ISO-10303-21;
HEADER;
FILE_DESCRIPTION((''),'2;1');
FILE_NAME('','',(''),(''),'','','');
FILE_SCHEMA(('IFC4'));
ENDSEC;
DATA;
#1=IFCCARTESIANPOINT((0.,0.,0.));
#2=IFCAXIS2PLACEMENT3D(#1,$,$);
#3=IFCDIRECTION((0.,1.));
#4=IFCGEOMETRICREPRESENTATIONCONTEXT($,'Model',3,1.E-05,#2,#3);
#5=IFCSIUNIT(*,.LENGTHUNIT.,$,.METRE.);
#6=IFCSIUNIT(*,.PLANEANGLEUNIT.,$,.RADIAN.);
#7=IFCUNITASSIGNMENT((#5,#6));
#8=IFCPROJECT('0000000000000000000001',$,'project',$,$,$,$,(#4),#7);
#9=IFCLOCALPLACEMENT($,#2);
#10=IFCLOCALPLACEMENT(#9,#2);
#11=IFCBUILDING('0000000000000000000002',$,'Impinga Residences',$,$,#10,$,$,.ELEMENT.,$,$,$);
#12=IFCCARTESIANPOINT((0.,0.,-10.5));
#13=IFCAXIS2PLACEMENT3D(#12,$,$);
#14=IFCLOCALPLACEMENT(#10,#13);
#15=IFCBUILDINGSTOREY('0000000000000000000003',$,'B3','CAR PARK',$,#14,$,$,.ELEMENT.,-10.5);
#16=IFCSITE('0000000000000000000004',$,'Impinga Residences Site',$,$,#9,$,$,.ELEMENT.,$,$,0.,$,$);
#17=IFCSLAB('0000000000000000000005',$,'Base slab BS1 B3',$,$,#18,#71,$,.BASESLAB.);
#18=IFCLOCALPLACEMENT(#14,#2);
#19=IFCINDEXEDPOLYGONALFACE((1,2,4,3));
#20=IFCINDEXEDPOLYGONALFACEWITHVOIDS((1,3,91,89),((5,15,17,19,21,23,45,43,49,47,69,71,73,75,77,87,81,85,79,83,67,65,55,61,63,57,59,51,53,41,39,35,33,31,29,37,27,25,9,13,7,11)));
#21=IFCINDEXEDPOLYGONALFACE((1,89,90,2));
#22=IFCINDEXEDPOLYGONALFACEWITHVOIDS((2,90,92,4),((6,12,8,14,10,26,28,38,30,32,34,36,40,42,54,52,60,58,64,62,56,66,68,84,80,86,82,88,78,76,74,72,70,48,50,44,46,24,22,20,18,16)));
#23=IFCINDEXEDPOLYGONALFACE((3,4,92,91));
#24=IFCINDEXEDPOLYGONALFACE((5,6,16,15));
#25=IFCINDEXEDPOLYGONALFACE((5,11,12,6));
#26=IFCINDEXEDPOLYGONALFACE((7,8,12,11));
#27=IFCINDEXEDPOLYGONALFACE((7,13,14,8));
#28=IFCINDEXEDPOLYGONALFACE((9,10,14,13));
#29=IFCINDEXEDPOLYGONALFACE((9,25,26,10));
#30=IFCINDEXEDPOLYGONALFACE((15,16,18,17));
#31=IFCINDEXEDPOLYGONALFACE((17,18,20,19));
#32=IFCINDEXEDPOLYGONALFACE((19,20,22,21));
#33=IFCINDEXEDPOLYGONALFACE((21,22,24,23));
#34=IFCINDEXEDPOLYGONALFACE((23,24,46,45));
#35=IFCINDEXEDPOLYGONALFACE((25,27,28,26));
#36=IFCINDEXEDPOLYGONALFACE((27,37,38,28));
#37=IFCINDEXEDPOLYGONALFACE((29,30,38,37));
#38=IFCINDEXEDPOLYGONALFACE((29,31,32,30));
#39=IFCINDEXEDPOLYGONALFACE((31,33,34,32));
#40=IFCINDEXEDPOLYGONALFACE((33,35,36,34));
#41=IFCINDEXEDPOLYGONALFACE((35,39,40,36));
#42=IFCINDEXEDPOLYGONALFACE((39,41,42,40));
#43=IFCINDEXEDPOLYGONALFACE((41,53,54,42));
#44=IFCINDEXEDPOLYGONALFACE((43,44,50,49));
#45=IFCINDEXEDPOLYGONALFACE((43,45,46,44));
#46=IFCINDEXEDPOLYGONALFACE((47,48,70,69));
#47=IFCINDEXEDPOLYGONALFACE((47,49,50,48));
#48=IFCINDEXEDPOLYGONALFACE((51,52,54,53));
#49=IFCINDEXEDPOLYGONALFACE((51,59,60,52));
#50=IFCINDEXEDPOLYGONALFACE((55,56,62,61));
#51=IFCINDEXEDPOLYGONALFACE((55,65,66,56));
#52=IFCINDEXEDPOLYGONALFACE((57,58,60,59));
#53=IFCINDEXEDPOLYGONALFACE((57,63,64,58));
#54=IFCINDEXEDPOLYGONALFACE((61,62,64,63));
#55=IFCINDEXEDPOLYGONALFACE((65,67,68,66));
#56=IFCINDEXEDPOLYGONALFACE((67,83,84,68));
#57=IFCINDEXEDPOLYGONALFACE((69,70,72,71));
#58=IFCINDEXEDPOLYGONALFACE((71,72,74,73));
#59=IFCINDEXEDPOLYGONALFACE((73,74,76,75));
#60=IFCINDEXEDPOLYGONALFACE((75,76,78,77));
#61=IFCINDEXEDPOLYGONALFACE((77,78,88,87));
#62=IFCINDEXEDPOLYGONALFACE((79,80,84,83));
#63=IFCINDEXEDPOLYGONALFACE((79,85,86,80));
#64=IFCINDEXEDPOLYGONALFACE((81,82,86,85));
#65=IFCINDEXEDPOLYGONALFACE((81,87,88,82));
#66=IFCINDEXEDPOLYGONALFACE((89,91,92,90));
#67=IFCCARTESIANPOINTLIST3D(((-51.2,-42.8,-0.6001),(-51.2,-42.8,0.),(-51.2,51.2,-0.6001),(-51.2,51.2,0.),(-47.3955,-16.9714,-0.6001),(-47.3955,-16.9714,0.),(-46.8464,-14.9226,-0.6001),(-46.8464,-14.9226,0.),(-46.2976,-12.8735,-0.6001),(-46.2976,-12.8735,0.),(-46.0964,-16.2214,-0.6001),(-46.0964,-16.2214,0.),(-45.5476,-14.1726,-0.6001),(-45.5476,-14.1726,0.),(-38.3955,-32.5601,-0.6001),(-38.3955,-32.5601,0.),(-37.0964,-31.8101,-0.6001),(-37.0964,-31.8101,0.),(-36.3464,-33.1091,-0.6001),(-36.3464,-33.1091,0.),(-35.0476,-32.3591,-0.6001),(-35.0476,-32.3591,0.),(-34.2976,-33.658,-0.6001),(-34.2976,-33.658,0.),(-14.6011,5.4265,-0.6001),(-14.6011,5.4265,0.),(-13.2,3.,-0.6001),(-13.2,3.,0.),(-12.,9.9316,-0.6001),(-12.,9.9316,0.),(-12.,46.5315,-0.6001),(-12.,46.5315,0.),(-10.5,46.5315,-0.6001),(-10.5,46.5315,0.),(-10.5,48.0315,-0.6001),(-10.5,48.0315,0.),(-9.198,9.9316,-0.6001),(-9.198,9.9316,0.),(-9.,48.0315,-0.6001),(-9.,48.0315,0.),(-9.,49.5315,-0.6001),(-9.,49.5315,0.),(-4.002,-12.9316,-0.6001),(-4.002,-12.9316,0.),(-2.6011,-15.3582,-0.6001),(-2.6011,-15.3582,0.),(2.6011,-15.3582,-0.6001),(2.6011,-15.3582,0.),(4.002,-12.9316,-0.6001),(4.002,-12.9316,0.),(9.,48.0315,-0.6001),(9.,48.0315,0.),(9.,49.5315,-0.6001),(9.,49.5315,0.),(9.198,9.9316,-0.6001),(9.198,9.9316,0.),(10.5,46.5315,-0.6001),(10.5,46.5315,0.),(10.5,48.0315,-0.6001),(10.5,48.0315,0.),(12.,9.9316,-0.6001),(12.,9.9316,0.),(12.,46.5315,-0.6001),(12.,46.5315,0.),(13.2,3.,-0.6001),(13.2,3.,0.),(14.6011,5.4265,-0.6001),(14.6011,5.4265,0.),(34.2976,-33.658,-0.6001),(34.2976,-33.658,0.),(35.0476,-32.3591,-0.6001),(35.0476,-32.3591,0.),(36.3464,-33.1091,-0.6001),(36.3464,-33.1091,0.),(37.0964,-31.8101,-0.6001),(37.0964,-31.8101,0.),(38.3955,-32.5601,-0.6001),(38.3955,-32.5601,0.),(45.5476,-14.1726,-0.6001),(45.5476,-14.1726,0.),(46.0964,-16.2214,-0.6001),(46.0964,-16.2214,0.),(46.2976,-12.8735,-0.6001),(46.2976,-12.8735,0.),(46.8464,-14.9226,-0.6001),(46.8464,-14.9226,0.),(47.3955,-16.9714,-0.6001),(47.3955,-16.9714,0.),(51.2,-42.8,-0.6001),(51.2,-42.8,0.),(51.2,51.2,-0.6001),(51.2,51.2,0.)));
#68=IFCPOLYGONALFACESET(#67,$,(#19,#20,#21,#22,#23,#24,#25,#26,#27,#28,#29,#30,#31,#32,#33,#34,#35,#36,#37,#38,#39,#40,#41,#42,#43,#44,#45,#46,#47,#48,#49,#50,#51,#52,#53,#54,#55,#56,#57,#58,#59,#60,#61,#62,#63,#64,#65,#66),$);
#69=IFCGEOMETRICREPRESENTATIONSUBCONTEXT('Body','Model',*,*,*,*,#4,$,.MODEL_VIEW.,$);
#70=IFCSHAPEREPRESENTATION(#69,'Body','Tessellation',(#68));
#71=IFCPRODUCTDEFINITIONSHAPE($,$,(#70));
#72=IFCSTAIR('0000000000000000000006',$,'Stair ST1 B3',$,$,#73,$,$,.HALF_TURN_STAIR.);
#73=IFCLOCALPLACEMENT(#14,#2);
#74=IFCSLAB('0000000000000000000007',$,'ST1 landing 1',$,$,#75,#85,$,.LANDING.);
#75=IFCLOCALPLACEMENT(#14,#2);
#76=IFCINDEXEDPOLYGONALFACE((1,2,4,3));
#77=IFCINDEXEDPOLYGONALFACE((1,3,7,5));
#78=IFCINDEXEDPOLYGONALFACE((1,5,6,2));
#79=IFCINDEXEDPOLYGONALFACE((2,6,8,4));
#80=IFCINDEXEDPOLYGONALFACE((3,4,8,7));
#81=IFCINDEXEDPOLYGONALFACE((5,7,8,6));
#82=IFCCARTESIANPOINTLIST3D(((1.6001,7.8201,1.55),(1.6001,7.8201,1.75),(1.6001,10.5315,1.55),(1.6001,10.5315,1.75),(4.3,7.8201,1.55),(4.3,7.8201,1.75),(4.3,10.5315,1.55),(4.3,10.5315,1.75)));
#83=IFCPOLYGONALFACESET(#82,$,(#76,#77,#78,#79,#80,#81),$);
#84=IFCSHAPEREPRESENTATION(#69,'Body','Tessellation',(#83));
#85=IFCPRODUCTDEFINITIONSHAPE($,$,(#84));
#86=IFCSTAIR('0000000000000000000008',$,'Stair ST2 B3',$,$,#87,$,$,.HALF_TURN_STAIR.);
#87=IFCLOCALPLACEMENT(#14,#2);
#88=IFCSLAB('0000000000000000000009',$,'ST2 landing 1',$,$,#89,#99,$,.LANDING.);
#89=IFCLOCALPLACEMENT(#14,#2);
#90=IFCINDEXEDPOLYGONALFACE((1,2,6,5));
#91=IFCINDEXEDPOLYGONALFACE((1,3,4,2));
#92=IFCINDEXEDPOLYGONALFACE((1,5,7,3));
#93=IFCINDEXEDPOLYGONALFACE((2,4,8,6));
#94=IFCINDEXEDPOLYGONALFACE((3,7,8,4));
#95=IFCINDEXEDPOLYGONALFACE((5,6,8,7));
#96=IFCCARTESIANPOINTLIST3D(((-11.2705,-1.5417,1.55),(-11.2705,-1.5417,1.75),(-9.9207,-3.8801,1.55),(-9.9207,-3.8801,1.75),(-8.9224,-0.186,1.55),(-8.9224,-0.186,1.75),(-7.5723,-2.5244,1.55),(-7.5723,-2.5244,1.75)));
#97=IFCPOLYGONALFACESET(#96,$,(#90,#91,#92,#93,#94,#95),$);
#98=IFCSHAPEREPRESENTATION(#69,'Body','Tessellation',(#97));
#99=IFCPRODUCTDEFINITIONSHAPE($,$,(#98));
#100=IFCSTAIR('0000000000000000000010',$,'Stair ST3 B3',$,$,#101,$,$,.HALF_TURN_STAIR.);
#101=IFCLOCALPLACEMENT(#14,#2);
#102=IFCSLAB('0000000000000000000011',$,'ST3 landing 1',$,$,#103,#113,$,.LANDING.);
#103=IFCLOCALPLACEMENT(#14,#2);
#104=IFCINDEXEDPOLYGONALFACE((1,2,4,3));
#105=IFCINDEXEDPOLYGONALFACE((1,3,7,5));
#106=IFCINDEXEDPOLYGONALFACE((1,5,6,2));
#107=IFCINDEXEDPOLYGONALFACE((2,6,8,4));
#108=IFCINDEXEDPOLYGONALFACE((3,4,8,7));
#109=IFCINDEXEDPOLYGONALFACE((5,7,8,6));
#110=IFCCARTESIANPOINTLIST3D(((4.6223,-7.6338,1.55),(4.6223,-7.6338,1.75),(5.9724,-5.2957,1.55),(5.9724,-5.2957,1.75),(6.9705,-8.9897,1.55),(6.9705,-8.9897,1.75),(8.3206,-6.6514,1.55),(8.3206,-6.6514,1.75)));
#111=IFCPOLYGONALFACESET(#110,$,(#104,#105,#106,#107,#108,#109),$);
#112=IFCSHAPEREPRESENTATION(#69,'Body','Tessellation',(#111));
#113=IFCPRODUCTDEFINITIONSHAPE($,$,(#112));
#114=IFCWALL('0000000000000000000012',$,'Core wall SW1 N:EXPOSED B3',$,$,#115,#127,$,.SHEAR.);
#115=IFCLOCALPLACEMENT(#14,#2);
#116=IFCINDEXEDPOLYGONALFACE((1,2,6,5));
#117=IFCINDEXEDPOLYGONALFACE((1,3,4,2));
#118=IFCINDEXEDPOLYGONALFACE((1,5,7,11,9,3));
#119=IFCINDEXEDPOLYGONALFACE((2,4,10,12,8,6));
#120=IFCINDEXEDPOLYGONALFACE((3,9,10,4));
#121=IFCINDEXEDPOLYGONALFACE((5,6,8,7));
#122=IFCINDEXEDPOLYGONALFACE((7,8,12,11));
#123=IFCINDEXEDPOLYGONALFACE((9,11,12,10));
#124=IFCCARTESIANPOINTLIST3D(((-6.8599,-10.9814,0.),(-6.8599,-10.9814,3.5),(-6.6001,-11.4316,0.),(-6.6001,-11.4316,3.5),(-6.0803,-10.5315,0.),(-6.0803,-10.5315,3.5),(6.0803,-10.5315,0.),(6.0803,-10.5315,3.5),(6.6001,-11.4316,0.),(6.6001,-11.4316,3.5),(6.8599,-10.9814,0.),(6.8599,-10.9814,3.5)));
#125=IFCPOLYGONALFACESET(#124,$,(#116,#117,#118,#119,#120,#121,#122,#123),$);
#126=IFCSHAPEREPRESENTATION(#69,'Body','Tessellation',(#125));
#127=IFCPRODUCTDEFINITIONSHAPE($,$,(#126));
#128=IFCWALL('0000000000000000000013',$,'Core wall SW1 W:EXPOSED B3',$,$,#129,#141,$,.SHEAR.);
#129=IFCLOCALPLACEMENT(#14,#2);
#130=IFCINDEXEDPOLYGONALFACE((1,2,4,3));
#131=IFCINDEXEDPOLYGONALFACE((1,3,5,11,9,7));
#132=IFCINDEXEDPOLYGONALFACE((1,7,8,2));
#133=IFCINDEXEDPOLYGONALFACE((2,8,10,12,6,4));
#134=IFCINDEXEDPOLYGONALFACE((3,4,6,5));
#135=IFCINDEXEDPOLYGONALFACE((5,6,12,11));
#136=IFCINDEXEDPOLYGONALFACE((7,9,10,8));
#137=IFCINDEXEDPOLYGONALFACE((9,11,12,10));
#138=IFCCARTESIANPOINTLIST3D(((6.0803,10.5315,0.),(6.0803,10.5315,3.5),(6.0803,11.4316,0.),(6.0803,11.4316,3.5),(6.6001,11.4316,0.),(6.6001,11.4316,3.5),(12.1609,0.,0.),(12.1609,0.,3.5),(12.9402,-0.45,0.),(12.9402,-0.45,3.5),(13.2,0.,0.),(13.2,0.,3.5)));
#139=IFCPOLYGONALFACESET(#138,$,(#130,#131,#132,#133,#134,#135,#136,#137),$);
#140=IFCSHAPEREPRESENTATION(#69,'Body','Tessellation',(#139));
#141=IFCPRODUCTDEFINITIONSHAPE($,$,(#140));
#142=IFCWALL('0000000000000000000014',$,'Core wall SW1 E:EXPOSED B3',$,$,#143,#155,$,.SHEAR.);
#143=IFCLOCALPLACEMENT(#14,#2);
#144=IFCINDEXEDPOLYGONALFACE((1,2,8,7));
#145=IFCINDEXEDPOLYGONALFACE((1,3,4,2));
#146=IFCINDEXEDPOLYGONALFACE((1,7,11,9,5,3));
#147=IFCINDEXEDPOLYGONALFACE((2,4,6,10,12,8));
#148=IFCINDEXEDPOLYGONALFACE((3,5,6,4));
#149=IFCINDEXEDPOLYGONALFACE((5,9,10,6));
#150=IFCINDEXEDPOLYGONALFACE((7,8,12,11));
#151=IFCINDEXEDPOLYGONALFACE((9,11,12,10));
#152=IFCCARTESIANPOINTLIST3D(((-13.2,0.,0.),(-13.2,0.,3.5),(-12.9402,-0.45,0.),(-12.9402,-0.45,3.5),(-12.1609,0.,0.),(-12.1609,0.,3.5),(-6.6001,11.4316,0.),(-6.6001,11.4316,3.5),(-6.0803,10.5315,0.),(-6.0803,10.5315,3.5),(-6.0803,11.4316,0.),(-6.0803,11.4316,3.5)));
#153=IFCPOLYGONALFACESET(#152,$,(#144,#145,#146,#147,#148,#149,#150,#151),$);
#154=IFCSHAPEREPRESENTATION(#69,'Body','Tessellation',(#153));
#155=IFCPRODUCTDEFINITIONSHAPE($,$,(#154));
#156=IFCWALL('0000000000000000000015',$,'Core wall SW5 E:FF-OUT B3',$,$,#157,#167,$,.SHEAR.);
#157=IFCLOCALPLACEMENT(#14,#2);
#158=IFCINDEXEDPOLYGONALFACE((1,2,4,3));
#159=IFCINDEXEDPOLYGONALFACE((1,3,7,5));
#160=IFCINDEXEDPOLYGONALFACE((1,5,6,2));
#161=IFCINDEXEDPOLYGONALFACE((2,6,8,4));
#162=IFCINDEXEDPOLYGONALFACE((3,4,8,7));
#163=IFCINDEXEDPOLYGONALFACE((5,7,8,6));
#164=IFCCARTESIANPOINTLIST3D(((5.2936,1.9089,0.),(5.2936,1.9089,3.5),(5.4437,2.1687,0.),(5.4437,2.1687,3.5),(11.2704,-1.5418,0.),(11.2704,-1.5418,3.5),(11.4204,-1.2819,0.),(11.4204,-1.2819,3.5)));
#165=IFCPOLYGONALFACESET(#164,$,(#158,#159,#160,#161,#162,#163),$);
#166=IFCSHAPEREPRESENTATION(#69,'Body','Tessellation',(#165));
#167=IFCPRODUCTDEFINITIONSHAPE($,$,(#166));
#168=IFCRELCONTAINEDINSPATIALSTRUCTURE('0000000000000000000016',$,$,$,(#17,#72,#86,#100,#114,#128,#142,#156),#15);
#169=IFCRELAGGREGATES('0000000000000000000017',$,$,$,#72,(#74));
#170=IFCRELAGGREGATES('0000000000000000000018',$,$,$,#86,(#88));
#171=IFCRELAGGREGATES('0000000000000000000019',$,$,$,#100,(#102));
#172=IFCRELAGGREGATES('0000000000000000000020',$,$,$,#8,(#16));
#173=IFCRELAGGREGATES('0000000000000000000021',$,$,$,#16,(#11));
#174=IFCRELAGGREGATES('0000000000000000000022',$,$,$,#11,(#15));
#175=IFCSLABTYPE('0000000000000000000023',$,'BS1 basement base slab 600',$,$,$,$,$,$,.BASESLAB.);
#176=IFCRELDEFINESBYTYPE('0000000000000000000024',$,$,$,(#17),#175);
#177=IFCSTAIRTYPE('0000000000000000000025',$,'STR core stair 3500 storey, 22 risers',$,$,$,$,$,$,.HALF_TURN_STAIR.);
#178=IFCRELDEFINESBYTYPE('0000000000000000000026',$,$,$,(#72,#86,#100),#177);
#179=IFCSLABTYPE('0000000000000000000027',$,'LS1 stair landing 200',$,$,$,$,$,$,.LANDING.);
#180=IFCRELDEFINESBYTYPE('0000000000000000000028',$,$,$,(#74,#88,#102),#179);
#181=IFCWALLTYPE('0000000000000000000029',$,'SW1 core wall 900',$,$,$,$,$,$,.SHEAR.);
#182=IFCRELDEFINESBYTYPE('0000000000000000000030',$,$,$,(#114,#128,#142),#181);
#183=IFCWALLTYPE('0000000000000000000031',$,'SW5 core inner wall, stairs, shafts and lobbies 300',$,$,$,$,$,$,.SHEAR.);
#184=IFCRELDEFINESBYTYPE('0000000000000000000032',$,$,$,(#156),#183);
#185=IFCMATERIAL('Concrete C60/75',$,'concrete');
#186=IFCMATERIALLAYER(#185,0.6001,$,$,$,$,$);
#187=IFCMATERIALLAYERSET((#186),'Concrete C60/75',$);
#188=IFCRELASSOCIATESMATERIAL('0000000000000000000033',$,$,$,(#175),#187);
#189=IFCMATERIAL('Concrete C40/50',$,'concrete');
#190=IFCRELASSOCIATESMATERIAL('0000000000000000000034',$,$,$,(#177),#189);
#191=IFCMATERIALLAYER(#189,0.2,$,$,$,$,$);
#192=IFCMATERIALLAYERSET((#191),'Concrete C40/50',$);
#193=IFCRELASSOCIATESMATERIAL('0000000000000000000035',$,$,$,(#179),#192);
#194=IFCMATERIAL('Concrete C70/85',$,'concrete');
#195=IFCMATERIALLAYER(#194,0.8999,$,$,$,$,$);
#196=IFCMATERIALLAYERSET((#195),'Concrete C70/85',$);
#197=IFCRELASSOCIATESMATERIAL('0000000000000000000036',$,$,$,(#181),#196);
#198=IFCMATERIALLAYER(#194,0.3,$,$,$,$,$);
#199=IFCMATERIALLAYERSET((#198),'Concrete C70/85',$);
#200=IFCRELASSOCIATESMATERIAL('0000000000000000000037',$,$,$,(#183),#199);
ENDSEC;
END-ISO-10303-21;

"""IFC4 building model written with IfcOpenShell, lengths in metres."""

from ifc_helpers import new_model, si_unit, direction, frame, frame_2d, origin, place, context, subcontext, project, spatial, polyline, rectangle, outline, extrude, material, layer, layer_set, type_object, element, aggregate, save


model = new_model("IFC4")

# Units and contexts
model_context = context("Model", 3, precision=1e-05, world=origin(), true_north=direction((0.0, 1.0)))
body_context = subcontext(model_context, "Body", "Model", "MODEL_VIEW")
ifc_project = project(units=[si_unit("LENGTHUNIT", "METRE"), si_unit("PLANEANGLEUNIT", "RADIAN")], contexts=[model_context])

# Site, building, storey
site_placement = place(None, origin())
site = spatial("IfcSite", under=ifc_project, at=site_placement, Name="Impinga Residences Site", CompositionType="ELEMENT", RefElevation=0.0)
building_placement = place(site_placement, origin())
building = spatial("IfcBuilding", under=site, at=building_placement, Name="Impinga Residences", CompositionType="ELEMENT")
storey_placement = place(building_placement, frame((0.0, 0.0, -10.5)))
storey = spatial("IfcBuildingStorey", under=building, at=storey_placement, Name="B3", Description="CAR PARK", CompositionType="ELEMENT", Elevation=-10.5)

# Slab
ifc_material_1 = material(Name="Concrete C60/75", Category="concrete")
ifc_layer_1 = layer(ifc_material_1, 0.6001)
ifc_layer_set_1 = layer_set([ifc_layer_1], Name="Concrete C60/75")
slab_type_1 = type_object("IfcSlabType", Name="BS1 basement base slab 600", PredefinedType="BASESLAB", material=ifc_layer_set_1)
slab_1_placement = place(storey_placement, frame((0.0, 0.0, -0.6001)))
element("IfcSlab", 1, at=slab_1_placement, inside=storey, type_object=slab_type_1, Name="Base slab BS1 B3", PredefinedType="BASESLAB", context=body_context, shape_type="SweptSolid", body=[
    extrude(outline(polyline([(-51.2, -42.8), (-51.2, 51.2), (51.2, 51.2), (51.2, -42.8), (-51.2, -42.8)]), holes=[polyline([(-47.3955, -16.9714), (-38.3955, -32.5601), (-37.0964, -31.8101), (-36.3464, -33.1091), (-35.0476, -32.3591), (-34.2976, -33.658), (-2.6011, -15.3582), (-4.002, -12.9316), (4.002, -12.9316), (2.6011, -15.3582), (34.2976, -33.658), (35.0476, -32.3591), (36.3464, -33.1091), (37.0964, -31.8101), (38.3955, -32.5601), (47.3955, -16.9714), (46.0964, -16.2214), (46.8464, -14.9226), (45.5476, -14.1726), (46.2976, -12.8735), (14.6011, 5.4265), (13.2, 3.0), (9.198, 9.9316), (12.0, 9.9316), (12.0, 46.5315), (10.5, 46.5315), (10.5, 48.0315), (9.0, 48.0315), (9.0, 49.5315), (-9.0, 49.5315), (-9.0, 48.0315), (-10.5, 48.0315), (-10.5, 46.5315), (-12.0, 46.5315), (-12.0, 9.9316), (-9.198, 9.9316), (-13.2, 3.0), (-14.6011, 5.4265), (-46.2976, -12.8735), (-45.5476, -14.1726), (-46.8464, -14.9226), (-46.0964, -16.2214), (-47.3955, -16.9714)])]), origin(), (0.0, 0.0, 1.0), 0.6001),
])

# Stairs, slabs
ifc_material_2 = material(Name="Concrete C40/50", Category="concrete")
stair_type = type_object("IfcStairType", Name="STR core stair 3500 storey, 22 risers", PredefinedType="HALF_TURN_STAIR", material=ifc_material_2)
stair_1_placement = place(storey_placement, origin())
stair_1 = element("IfcStair", 2, at=stair_1_placement, inside=storey, type_object=stair_type, Name="Stair ST1 B3", PredefinedType="HALF_TURN_STAIR")
ifc_layer_2 = layer(ifc_material_2, 0.2)
ifc_layer_set_2 = layer_set([ifc_layer_2], Name="Concrete C40/50")
slab_type_2 = type_object("IfcSlabType", Name="LS1 stair landing 200", PredefinedType="LANDING", material=ifc_layer_set_2)
slab_2_placement = place(storey_placement, frame((0.0, 0.0, 1.55)))
slab_2 = element("IfcSlab", 3, at=slab_2_placement, type_object=slab_type_2, Name="ST1 landing 1", PredefinedType="LANDING", context=body_context, shape_type="SweptSolid", body=[
    extrude(outline(polyline([(1.6001, 7.8201), (4.3, 7.8201), (4.3, 10.5315), (1.6001, 10.5315), (1.6001, 7.8201)])), origin(), (0.0, 0.0, 1.0), 0.2),
])
aggregate(stair_1, [slab_2])
stair_2_placement = place(storey_placement, origin())
stair_2 = element("IfcStair", 4, at=stair_2_placement, inside=storey, type_object=stair_type, Name="Stair ST2 B3", PredefinedType="HALF_TURN_STAIR")
slab_3_placement = place(storey_placement, frame((0.0, 0.0, 1.55)))
slab_3 = element("IfcSlab", 5, at=slab_3_placement, type_object=slab_type_2, Name="ST2 landing 1", PredefinedType="LANDING", context=body_context, shape_type="SweptSolid", body=[
    extrude(outline(polyline([(-7.5723, -2.5244), (-8.9224, -0.186), (-11.2705, -1.5417), (-9.9207, -3.8801), (-7.5723, -2.5244)])), origin(), (0.0, 0.0, 1.0), 0.2),
])
aggregate(stair_2, [slab_3])
stair_3_placement = place(storey_placement, origin())
stair_3 = element("IfcStair", 6, at=stair_3_placement, inside=storey, type_object=stair_type, Name="Stair ST3 B3", PredefinedType="HALF_TURN_STAIR")
slab_4_placement = place(storey_placement, frame((0.0, 0.0, 1.55)))
slab_4 = element("IfcSlab", 7, at=slab_4_placement, type_object=slab_type_2, Name="ST3 landing 1", PredefinedType="LANDING", context=body_context, shape_type="SweptSolid", body=[
    extrude(outline(polyline([(5.9724, -5.2957), (4.6223, -7.6338), (6.9705, -8.9897), (8.3206, -6.6514), (5.9724, -5.2957)])), origin(), (0.0, 0.0, 1.0), 0.2),
])
aggregate(stair_3, [slab_4])

# Walls
ifc_material_3 = material(Name="Concrete C70/85", Category="concrete")
ifc_layer_3 = layer(ifc_material_3, 0.8999)
ifc_layer_set_3 = layer_set([ifc_layer_3], Name="Concrete C70/85")
wall_type_1 = type_object("IfcWallType", Name="SW1 core wall 900", PredefinedType="SHEAR", material=ifc_layer_set_3)
wall_1_placement = place(storey_placement, origin())
element("IfcWall", 8, at=wall_1_placement, inside=storey, type_object=wall_type_1, Name="Core wall SW1 N:EXPOSED B3", PredefinedType="SHEAR", context=body_context, shape_type="SweptSolid", body=[
    extrude(outline(polyline([(-6.6001, -11.4316), (6.6001, -11.4316), (6.8599, -10.9814), (6.0803, -10.5315), (-6.0803, -10.5315), (-6.8599, -10.9814), (-6.6001, -11.4316)])), origin(), (0.0, 0.0, 1.0), 3.5),
])
wall_2_placement = place(storey_placement, origin())
element("IfcWall", 9, at=wall_2_placement, inside=storey, type_object=wall_type_1, Name="Core wall SW1 W:EXPOSED B3", PredefinedType="SHEAR", context=body_context, shape_type="SweptSolid", body=[
    extrude(outline(polyline([(13.2, 0.0), (6.6001, 11.4316), (6.0803, 11.4316), (6.0803, 10.5315), (12.1609, 0.0), (12.9402, -0.45), (13.2, 0.0)])), origin(), (0.0, 0.0, 1.0), 3.5),
])
wall_3_placement = place(storey_placement, origin())
element("IfcWall", 10, at=wall_3_placement, inside=storey, type_object=wall_type_1, Name="Core wall SW1 E:EXPOSED B3", PredefinedType="SHEAR", context=body_context, shape_type="SweptSolid", body=[
    extrude(outline(polyline([(-6.6001, 11.4316), (-13.2, 0.0), (-12.9402, -0.45), (-12.1609, 0.0), (-6.0803, 10.5315), (-6.0803, 11.4316), (-6.6001, 11.4316)])), origin(), (0.0, 0.0, 1.0), 3.5),
])
ifc_layer_4 = layer(ifc_material_3, 0.3)
ifc_layer_set_4 = layer_set([ifc_layer_4], Name="Concrete C70/85")
wall_type_2 = type_object("IfcWallType", Name="SW5 core inner wall, stairs, shafts and lobbies 300", PredefinedType="SHEAR", material=ifc_layer_set_4)
wall_4_placement = place(storey_placement, frame((5.3687, 2.0388, 0.0), z_axis=(0.0, 0.0, 1.0), x_axis=(0.866027, -0.499997, 0.0)))
element("IfcWall", 11, at=wall_4_placement, inside=storey, type_object=wall_type_2, Name="Core wall SW5 E:FF-OUT B3", PredefinedType="SHEAR", context=body_context, shape_type="SweptSolid", body=[
    extrude(rectangle(XDim=6.9014, YDim=0.3, at=frame_2d((3.4507, 0.0))), origin(), (0.0, 0.0, 1.0), 3.5),
])

save(model, "model.ifc")
